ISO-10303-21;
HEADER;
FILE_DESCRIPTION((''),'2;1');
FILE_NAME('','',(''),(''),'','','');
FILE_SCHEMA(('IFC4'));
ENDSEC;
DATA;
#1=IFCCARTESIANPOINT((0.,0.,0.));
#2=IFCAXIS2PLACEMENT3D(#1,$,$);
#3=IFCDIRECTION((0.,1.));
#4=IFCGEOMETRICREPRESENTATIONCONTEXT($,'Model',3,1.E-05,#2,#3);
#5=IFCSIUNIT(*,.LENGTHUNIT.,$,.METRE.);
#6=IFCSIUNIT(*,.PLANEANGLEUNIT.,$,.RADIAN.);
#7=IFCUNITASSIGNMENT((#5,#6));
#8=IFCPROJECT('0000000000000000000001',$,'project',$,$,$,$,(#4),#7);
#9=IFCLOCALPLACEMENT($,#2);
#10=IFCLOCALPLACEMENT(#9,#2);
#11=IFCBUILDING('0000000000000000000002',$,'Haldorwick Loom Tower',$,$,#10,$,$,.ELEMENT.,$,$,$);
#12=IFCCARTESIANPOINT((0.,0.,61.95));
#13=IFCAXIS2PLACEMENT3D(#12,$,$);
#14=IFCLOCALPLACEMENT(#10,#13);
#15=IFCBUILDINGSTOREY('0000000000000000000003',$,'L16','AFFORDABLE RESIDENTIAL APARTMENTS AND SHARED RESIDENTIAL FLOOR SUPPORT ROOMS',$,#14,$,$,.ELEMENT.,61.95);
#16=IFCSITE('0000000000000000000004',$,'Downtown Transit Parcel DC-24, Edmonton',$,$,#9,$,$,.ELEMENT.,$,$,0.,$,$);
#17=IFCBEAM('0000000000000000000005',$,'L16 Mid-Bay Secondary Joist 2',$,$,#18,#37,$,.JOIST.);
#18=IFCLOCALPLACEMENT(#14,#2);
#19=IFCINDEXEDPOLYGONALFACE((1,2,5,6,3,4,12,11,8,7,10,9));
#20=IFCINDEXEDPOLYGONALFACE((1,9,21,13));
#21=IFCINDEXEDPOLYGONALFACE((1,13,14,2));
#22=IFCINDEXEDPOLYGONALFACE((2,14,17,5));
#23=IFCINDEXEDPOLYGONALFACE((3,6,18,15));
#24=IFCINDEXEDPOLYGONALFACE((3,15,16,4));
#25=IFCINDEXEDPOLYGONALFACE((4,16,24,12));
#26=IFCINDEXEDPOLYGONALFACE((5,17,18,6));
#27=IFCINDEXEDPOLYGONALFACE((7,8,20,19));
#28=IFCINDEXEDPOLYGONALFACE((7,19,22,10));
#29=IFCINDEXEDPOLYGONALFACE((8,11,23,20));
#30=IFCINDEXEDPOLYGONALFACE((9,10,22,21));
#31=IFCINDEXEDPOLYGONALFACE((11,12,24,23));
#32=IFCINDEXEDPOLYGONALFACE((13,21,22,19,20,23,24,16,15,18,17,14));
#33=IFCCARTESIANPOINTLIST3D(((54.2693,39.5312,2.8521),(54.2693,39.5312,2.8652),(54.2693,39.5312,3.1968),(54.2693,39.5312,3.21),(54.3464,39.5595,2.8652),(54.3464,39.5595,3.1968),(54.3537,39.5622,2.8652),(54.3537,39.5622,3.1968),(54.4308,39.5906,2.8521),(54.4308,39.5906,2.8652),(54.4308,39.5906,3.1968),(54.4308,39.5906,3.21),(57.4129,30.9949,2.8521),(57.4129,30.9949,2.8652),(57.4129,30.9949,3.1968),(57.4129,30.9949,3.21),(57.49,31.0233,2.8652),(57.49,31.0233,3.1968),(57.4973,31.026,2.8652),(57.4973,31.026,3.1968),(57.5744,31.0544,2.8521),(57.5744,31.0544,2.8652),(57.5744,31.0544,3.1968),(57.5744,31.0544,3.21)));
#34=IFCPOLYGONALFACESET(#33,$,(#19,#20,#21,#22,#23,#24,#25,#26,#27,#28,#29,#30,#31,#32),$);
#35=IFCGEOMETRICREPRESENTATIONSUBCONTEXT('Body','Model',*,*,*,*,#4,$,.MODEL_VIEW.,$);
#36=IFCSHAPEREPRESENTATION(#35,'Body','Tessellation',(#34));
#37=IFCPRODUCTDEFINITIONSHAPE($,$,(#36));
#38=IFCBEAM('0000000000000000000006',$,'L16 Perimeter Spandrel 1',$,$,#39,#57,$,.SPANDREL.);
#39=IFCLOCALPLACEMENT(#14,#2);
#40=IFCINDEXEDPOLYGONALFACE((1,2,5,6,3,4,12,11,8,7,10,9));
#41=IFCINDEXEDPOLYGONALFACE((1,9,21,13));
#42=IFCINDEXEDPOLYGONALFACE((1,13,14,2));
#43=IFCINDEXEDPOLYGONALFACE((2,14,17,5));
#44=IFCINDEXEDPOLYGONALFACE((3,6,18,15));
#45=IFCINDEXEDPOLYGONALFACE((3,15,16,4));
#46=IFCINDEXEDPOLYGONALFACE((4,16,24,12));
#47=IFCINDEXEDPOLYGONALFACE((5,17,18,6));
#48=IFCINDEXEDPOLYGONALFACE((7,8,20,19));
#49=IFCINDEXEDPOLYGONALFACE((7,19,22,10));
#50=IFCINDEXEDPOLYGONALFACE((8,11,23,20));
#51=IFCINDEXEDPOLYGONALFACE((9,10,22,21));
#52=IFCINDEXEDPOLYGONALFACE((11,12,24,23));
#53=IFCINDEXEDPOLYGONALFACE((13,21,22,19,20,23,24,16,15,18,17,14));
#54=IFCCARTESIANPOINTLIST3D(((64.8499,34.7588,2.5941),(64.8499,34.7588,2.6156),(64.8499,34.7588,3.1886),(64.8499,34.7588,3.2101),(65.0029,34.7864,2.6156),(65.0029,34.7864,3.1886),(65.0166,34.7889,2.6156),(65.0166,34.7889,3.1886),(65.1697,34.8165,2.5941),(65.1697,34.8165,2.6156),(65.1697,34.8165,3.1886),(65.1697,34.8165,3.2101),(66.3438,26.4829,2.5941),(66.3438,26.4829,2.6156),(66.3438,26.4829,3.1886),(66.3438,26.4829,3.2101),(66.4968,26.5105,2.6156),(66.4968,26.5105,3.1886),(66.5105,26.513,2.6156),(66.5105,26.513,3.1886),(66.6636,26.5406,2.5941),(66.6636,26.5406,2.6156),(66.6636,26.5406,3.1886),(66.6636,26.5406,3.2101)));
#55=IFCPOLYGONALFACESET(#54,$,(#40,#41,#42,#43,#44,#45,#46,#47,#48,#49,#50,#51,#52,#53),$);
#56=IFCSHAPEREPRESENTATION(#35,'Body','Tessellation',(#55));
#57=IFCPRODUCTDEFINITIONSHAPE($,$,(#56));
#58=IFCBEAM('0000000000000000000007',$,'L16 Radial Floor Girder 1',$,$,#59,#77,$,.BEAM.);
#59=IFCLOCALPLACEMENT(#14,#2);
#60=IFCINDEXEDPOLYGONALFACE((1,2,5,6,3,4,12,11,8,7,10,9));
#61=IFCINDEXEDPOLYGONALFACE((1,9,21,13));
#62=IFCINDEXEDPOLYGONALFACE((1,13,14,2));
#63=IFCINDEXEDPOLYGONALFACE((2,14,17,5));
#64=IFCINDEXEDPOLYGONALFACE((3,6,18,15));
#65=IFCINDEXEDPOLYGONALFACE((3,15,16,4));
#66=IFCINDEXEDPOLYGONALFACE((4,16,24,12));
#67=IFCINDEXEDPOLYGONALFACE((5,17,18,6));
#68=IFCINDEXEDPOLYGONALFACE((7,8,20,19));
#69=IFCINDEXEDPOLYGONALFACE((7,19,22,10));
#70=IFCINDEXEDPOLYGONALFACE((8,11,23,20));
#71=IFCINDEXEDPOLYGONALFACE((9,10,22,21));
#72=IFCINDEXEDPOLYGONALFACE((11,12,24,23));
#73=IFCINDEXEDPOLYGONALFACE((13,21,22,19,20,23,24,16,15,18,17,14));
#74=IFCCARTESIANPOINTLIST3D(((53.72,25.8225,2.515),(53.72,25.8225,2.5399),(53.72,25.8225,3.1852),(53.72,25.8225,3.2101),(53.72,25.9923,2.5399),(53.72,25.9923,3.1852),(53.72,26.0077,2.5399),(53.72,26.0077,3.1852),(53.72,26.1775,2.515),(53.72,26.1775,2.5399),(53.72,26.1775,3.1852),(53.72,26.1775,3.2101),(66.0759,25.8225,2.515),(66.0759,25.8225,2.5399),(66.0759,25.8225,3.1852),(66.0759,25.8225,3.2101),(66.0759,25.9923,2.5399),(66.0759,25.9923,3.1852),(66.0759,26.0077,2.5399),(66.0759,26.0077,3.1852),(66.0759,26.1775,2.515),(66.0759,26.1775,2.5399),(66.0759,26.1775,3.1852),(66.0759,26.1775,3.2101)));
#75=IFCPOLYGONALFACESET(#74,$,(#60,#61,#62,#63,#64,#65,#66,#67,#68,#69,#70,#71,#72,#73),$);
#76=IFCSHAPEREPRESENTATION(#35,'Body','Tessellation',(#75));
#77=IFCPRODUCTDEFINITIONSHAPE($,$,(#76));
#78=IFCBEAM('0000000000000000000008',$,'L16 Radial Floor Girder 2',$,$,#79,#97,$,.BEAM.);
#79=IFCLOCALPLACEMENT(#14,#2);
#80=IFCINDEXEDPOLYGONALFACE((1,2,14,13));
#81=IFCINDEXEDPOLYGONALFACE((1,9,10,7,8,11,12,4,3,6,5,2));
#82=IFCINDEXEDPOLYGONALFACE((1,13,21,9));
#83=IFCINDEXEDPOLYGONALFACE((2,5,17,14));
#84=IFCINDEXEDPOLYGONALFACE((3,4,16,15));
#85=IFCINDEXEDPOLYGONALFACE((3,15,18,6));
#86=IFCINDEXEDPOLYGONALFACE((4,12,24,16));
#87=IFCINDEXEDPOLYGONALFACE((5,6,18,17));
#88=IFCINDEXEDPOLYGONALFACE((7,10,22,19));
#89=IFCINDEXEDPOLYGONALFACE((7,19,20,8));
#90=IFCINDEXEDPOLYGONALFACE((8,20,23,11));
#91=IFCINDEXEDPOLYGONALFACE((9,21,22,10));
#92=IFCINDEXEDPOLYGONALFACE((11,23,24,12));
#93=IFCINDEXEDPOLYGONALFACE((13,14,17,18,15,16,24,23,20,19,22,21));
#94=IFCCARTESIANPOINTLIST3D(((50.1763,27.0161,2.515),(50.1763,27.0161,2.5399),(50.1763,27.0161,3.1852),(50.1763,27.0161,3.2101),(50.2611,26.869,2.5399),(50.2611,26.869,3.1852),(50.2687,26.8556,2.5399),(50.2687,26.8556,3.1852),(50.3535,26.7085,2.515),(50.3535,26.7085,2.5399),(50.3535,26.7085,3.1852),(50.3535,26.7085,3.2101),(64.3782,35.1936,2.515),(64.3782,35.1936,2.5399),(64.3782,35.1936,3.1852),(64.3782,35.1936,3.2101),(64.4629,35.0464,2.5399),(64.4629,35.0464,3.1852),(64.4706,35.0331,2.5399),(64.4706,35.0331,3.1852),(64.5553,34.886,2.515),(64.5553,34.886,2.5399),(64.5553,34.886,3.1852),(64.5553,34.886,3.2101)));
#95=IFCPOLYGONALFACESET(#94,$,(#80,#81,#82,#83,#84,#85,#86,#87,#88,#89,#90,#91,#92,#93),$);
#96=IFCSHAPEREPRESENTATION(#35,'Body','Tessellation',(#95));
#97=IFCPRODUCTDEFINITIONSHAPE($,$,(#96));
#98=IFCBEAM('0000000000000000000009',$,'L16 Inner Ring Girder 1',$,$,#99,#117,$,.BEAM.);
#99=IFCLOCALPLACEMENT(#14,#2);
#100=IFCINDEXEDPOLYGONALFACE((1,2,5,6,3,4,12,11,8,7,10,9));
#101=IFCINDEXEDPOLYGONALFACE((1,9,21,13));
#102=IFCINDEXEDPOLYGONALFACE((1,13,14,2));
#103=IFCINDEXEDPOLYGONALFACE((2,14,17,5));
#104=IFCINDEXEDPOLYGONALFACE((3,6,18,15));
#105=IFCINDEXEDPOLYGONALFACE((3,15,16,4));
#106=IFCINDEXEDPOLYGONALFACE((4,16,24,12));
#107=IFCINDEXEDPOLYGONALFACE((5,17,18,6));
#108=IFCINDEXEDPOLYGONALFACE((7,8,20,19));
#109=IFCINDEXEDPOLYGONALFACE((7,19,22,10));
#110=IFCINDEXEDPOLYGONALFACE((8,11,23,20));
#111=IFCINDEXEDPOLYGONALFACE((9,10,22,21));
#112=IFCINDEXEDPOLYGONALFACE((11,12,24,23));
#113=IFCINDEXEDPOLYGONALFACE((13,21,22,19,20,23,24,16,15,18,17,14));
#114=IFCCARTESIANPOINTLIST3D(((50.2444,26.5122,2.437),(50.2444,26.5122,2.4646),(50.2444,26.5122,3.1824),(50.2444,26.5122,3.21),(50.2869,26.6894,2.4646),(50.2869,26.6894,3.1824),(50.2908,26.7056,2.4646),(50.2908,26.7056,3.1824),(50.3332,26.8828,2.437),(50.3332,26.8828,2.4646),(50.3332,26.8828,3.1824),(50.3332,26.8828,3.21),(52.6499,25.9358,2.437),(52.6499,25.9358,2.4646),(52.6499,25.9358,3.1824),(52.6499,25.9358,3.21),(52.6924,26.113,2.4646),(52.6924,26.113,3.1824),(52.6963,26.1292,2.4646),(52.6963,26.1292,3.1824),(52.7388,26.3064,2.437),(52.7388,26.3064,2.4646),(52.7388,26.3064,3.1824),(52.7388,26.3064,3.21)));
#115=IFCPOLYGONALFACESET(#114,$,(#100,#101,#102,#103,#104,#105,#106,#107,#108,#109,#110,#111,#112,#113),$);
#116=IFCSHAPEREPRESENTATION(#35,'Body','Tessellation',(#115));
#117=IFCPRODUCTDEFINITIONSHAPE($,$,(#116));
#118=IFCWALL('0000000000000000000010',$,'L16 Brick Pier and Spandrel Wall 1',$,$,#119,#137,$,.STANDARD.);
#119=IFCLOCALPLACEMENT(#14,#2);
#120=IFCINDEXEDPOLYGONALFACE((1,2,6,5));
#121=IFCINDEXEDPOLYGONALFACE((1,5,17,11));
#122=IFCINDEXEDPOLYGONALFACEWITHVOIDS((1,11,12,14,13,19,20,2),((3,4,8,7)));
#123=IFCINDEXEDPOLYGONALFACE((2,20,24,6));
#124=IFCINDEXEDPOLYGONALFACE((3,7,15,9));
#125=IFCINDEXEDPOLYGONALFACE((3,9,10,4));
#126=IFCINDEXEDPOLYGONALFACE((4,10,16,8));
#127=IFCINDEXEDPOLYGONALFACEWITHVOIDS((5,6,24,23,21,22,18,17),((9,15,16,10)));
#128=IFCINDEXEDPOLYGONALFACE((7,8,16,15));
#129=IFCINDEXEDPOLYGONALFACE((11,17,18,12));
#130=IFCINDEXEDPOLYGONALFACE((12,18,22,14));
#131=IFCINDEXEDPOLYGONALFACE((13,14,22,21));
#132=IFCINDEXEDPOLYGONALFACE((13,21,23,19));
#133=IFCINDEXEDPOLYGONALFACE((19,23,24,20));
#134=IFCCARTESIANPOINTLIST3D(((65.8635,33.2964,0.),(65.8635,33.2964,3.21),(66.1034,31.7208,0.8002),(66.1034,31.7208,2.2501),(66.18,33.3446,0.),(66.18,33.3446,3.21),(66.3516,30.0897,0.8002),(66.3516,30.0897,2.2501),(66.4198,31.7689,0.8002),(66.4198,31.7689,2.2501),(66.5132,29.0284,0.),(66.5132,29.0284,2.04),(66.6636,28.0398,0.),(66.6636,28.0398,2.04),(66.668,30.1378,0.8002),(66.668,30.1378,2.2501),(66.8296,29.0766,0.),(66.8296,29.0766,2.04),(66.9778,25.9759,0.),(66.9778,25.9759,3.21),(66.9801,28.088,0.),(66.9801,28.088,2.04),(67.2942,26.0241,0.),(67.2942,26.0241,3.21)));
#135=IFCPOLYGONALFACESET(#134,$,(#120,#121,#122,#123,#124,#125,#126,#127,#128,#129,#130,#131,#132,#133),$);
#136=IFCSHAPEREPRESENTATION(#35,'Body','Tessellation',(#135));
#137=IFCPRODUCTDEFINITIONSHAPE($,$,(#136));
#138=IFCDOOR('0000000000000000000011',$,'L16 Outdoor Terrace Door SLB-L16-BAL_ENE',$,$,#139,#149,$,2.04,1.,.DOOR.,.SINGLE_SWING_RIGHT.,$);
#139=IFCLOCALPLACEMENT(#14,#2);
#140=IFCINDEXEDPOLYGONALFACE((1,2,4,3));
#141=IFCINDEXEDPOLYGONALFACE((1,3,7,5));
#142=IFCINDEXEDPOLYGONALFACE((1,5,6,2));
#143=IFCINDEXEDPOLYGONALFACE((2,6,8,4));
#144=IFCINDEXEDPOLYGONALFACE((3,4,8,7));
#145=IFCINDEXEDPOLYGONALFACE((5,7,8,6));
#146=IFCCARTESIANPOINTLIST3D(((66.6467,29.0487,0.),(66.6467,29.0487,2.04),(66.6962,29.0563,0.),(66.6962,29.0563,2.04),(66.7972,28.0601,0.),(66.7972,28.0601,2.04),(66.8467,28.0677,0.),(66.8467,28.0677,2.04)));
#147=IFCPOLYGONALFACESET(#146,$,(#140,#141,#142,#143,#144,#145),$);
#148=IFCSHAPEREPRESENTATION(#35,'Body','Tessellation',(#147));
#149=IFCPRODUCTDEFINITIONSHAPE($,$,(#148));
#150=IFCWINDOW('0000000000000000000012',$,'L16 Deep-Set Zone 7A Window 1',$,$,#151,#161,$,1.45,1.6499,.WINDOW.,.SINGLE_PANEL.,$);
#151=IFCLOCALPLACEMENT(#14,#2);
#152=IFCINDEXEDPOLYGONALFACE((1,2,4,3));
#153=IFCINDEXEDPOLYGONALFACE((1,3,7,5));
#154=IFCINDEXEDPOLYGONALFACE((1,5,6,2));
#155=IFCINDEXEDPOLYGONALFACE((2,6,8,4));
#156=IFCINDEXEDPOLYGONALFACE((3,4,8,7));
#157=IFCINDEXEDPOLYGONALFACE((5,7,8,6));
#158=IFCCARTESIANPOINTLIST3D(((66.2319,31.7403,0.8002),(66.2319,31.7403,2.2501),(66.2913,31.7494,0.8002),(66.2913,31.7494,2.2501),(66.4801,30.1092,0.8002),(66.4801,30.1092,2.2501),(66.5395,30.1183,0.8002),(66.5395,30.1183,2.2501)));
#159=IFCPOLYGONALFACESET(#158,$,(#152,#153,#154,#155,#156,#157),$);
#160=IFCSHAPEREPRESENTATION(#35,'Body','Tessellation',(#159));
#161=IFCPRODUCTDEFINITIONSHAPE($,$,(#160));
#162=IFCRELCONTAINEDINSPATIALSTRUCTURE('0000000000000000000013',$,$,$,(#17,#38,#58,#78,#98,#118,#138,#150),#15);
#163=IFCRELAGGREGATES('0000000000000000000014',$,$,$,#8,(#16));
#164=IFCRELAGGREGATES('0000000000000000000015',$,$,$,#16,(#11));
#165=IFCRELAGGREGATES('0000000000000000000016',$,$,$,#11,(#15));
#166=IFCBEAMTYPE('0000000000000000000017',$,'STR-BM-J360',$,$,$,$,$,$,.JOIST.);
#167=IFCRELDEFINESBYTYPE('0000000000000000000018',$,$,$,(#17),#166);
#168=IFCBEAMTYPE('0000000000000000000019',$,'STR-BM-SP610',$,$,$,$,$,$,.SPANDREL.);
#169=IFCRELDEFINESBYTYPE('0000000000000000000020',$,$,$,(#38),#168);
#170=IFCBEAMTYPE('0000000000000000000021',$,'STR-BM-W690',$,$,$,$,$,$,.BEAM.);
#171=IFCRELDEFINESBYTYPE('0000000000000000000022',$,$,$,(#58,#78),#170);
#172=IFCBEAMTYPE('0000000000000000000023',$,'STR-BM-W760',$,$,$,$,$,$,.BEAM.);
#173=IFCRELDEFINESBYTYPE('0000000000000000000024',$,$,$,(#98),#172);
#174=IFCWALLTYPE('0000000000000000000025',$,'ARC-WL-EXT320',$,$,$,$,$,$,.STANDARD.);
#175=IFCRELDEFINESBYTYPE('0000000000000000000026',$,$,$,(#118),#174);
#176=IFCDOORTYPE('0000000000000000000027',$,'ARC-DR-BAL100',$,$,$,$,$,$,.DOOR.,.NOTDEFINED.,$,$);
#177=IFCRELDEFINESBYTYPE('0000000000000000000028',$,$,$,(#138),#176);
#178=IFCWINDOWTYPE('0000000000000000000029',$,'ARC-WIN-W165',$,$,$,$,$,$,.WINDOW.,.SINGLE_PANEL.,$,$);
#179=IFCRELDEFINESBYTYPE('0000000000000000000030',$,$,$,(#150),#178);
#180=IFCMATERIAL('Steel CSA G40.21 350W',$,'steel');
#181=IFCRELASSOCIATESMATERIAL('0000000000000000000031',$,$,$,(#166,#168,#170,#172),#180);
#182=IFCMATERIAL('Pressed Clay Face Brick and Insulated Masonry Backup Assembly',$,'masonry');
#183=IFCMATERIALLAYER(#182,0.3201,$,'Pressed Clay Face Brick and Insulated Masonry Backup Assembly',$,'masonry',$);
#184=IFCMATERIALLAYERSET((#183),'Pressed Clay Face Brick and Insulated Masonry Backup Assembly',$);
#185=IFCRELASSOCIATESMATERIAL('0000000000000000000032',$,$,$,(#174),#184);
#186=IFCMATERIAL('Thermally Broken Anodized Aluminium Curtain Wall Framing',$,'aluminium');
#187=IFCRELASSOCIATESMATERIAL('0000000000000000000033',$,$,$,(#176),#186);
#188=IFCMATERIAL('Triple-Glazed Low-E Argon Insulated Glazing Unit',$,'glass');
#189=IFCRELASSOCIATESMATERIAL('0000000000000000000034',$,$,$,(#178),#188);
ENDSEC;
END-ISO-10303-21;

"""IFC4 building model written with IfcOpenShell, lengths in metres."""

from ifc_helpers import new_model, si_unit, direction, frame, frame_2d, origin, origin_2d, place, context, subcontext, project, spatial, rectangle, i_section, extrude, material, layer, layer_set, material_profile, profile_set, type_object, element, fill, save


model = new_model("IFC4")

# Units and contexts
model_context = context("Model", 3, precision=1e-05, world=origin(), true_north=direction((0.0, 1.0)))
body_context = subcontext(model_context, "Body", "Model", "MODEL_VIEW")
ifc_project = project(units=[si_unit("LENGTHUNIT", "METRE"), si_unit("PLANEANGLEUNIT", "RADIAN")], contexts=[model_context])

# Site, building, storey
site_placement = place(None, origin())
site = spatial("IfcSite", under=ifc_project, at=site_placement, Name="Downtown Transit Parcel DC-24, Edmonton", CompositionType="ELEMENT", RefElevation=0.0)
building_placement = place(site_placement, origin())
building = spatial("IfcBuilding", under=site, at=building_placement, Name="Haldorwick Loom Tower", CompositionType="ELEMENT")
storey_placement = place(building_placement, frame((0.0, 0.0, 61.95)))
storey = spatial("IfcBuildingStorey", under=building, at=storey_placement, Name="L16", Description="AFFORDABLE RESIDENTIAL APARTMENTS AND SHARED RESIDENTIAL FLOOR SUPPORT ROOMS", CompositionType="ELEMENT", Elevation=61.95)

# Beams
ifc_material_1 = material(Name="Steel CSA G40.21 350W", Category="steel")
ifc_material_profile_1 = material_profile(ifc_material_1, i_section(OverallWidth=0.1721, OverallDepth=0.3579, WebThickness=0.0078, FlangeThickness=0.0132, at=origin_2d()), Name="W360X57", Category="steel")
ifc_profile_set_1 = profile_set([ifc_material_profile_1], Name="Steel CSA G40.21 350W")
beam_type_1 = type_object("IfcBeamType", Name="STR-BM-J360", PredefinedType="JOIST", material=ifc_profile_set_1)
beam_1_placement = place(storey_placement, frame((57.4937, 31.0247, 3.031), z_axis=(-0.345576, 0.938391, 0.0), x_axis=(-0.938391, -0.345576, 0.0)))
element("IfcBeam", 1, at=beam_1_placement, inside=storey, type_object=beam_type_1, Name="L16 Mid-Bay Secondary Joist 2", PredefinedType="JOIST", context=body_context, shape_type="SweptSolid", body=[
    extrude(i_section(OverallWidth=0.1721, OverallDepth=0.3579, WebThickness=0.0078, FlangeThickness=0.0132, at=origin_2d()), origin(), (0.0, 0.0, 1.0), 9.0967),
])
ifc_material_profile_2 = material_profile(ifc_material_1, i_section(OverallWidth=0.325, OverallDepth=0.616, WebThickness=0.0139, FlangeThickness=0.0215, at=origin_2d()), Name="W610X174", Category="steel")
ifc_profile_set_2 = profile_set([ifc_material_profile_2], Name="Steel CSA G40.21 350W")
beam_type_2 = type_object("IfcBeamType", Name="STR-BM-SP610", PredefinedType="SPANDREL", material=ifc_profile_set_2)
beam_2_placement = place(storey_placement, frame((66.5037, 26.5117, 2.9021), z_axis=(-0.177641, 0.984095, 0.0), x_axis=(-0.984095, -0.177641, 0.0)))
element("IfcBeam", 2, at=beam_2_placement, inside=storey, type_object=beam_type_2, Name="L16 Perimeter Spandrel 1", PredefinedType="SPANDREL", context=body_context, shape_type="SweptSolid", body=[
    extrude(i_section(OverallWidth=0.325, OverallDepth=0.616, WebThickness=0.0139, FlangeThickness=0.0215, at=origin_2d()), origin(), (0.0, 0.0, 1.0), 8.4097),
])
ifc_material_profile_3 = material_profile(ifc_material_1, i_section(OverallWidth=0.355, OverallDepth=0.6951, WebThickness=0.0154, FlangeThickness=0.0249, at=origin_2d()), Name="W690X217", Category="steel")
ifc_profile_set_3 = profile_set([ifc_material_profile_3], Name="Steel CSA G40.21 350W")
beam_type_3 = type_object("IfcBeamType", Name="STR-BM-W690", PredefinedType="BEAM", material=ifc_profile_set_3)
beam_3_placement = place(storey_placement, frame((53.72, 26.0, 2.8625), z_axis=(1.0, 0.0, 0.0), x_axis=(0.0, 1.0, 0.0)))
element("IfcBeam", 3, at=beam_3_placement, inside=storey, type_object=beam_type_3, Name="L16 Radial Floor Girder 1", PredefinedType="BEAM", context=body_context, shape_type="SweptSolid", body=[
    extrude(i_section(OverallWidth=0.355, OverallDepth=0.6951, WebThickness=0.0154, FlangeThickness=0.0249, at=origin_2d()), origin(), (0.0, 0.0, 1.0), 12.356),
])
beam_4_placement = place(storey_placement, frame((50.2649, 26.8623, 2.8625), z_axis=(0.866606, 0.498994, 0.0), x_axis=(-0.498994, 0.866606, 0.0)))
element("IfcBeam", 4, at=beam_4_placement, inside=storey, type_object=beam_type_3, Name="L16 Radial Floor Girder 2", PredefinedType="BEAM", context=body_context, shape_type="SweptSolid", body=[
    extrude(i_section(OverallWidth=0.355, OverallDepth=0.6951, WebThickness=0.0154, FlangeThickness=0.0249, at=origin_2d()), origin(), (0.0, 0.0, 1.0), 16.3879),
])
ifc_material_profile_4 = material_profile(ifc_material_1, i_section(OverallWidth=0.3811, OverallDepth=0.7729, WebThickness=0.0166, FlangeThickness=0.0276, at=origin_2d()), Name="W760X257", Category="steel")
ifc_profile_set_4 = profile_set([ifc_material_profile_4], Name="Steel CSA G40.21 350W")
beam_type_4 = type_object("IfcBeamType", Name="STR-BM-W760", PredefinedType="BEAM", material=ifc_profile_set_4)
beam_5_placement = place(storey_placement, frame((50.2888, 26.6975, 2.8235), z_axis=(0.972471, -0.233026, 0.0), x_axis=(0.233026, 0.972471, 0.0)))
element("IfcBeam", 5, at=beam_5_placement, inside=storey, type_object=beam_type_4, Name="L16 Inner Ring Girder 1", PredefinedType="BEAM", context=body_context, shape_type="SweptSolid", body=[
    extrude(i_section(OverallWidth=0.3811, OverallDepth=0.7729, WebThickness=0.0166, FlangeThickness=0.0276, at=origin_2d()), origin(), (0.0, 0.0, 1.0), 2.4736),
])

# Wall, openings, door, window
ifc_material_2 = material(Name="Pressed Clay Face Brick and Insulated Masonry Backup Assembly", Category="masonry")
ifc_layer_1 = layer(ifc_material_2, 0.3201, Name="Pressed Clay Face Brick and Insulated Masonry Backup Assembly", Category="masonry")
ifc_layer_set_1 = layer_set([ifc_layer_1], Name="Pressed Clay Face Brick and Insulated Masonry Backup Assembly")
wall_type_1 = type_object("IfcWallType", Name="ARC-WL-EXT320", PredefinedType="STANDARD", material=ifc_layer_set_1)
wall_1_placement = place(storey_placement, frame((67.136, 26.0, 0.0), z_axis=(0.0, 0.0, 1.0), x_axis=(-0.150476, 0.988614, 0.0)))
wall_1 = element("IfcWall", 6, at=wall_1_placement, inside=storey, type_object=wall_type_1, Name="L16 Brick Pier and Spandrel Wall 1", PredefinedType="STANDARD", context=body_context, shape_type="SweptSolid", body=[
    extrude(rectangle(XDim=7.4048, YDim=0.3201, at=frame_2d((3.7024, 0.0))), origin(), (0.0, 0.0, 1.0), 3.21),
])
opening_1_placement = place(wall_1_placement, frame((2.0876, 0.0, 0.0)))
opening_1 = element("IfcOpeningElement", 7, at=opening_1_placement, cuts=wall_1, PredefinedType="OPENING", context=body_context, shape_type="SweptSolid", body=[
    extrude(rectangle(XDim=1.0, YDim=2.04, at=frame_2d((0.5, 1.02))), frame((0.0, 0.1699, 0.0), z_axis=(0.0, -1.0, 0.0), x_axis=(1.0, 0.0, 0.0)), (0.0, 0.0, 1.0), 0.3401),
])
opening_2_placement = place(wall_1_placement, frame((4.1611, 0.0, 0.8)))
opening_2 = element("IfcOpeningElement", 8, at=opening_2_placement, cuts=wall_1, PredefinedType="OPENING", context=body_context, shape_type="SweptSolid", body=[
    extrude(rectangle(XDim=1.6499, YDim=1.45, at=frame_2d((0.825, 0.7251))), frame((0.0, 0.1699, 0.0), z_axis=(0.0, -1.0, 0.0), x_axis=(1.0, 0.0, 0.0)), (0.0, 0.0, 1.0), 0.3401),
])
ifc_material_3 = material(Name="Thermally Broken Anodized Aluminium Curtain Wall Framing", Category="aluminium")
door_type_1 = type_object("IfcDoorType", Name="ARC-DR-BAL100", OperationType="NOTDEFINED", PredefinedType="DOOR", material=ifc_material_3)
door_1_placement = place(opening_1_placement, origin())
door_1 = element("IfcDoor", 9, at=door_1_placement, inside=storey, type_object=door_type_1, Name="L16 Outdoor Terrace Door SLB-L16-BAL_ENE", OperationType="SINGLE_SWING_RIGHT", OverallHeight=2.04, OverallWidth=1.0, PredefinedType="DOOR", context=body_context, shape_type="SweptSolid", body=[
    extrude(rectangle(XDim=1.0, YDim=2.04, at=frame_2d((0.5, 1.02))), frame((0.0, 0.0249, 0.0), z_axis=(0.0, -1.0, 0.0), x_axis=(1.0, 0.0, 0.0)), (0.0, 0.0, 1.0), 0.05),
])
fill(opening_1, door_1)
ifc_material_4 = material(Name="Triple-Glazed Low-E Argon Insulated Glazing Unit", Category="glass")
window_type = type_object("IfcWindowType", Name="ARC-WIN-W165", PartitioningType="SINGLE_PANEL", PredefinedType="WINDOW", material=ifc_material_4)
window_placement = place(opening_2_placement, origin())
window = element("IfcWindow", 10, at=window_placement, inside=storey, type_object=window_type, Name="L16 Deep-Set Zone 7A Window 1", OverallHeight=1.45, OverallWidth=1.6499, PartitioningType="SINGLE_PANEL", PredefinedType="WINDOW", context=body_context, shape_type="SweptSolid", body=[
    extrude(rectangle(XDim=1.6499, YDim=1.45, at=frame_2d((0.825, 0.7251))), frame((0.0, 0.03, 0.0), z_axis=(0.0, -1.0, 0.0), x_axis=(1.0, 0.0, 0.0)), (0.0, 0.0, 1.0), 0.0601),
])
fill(opening_2, window)

save(model, "model.ifc")
